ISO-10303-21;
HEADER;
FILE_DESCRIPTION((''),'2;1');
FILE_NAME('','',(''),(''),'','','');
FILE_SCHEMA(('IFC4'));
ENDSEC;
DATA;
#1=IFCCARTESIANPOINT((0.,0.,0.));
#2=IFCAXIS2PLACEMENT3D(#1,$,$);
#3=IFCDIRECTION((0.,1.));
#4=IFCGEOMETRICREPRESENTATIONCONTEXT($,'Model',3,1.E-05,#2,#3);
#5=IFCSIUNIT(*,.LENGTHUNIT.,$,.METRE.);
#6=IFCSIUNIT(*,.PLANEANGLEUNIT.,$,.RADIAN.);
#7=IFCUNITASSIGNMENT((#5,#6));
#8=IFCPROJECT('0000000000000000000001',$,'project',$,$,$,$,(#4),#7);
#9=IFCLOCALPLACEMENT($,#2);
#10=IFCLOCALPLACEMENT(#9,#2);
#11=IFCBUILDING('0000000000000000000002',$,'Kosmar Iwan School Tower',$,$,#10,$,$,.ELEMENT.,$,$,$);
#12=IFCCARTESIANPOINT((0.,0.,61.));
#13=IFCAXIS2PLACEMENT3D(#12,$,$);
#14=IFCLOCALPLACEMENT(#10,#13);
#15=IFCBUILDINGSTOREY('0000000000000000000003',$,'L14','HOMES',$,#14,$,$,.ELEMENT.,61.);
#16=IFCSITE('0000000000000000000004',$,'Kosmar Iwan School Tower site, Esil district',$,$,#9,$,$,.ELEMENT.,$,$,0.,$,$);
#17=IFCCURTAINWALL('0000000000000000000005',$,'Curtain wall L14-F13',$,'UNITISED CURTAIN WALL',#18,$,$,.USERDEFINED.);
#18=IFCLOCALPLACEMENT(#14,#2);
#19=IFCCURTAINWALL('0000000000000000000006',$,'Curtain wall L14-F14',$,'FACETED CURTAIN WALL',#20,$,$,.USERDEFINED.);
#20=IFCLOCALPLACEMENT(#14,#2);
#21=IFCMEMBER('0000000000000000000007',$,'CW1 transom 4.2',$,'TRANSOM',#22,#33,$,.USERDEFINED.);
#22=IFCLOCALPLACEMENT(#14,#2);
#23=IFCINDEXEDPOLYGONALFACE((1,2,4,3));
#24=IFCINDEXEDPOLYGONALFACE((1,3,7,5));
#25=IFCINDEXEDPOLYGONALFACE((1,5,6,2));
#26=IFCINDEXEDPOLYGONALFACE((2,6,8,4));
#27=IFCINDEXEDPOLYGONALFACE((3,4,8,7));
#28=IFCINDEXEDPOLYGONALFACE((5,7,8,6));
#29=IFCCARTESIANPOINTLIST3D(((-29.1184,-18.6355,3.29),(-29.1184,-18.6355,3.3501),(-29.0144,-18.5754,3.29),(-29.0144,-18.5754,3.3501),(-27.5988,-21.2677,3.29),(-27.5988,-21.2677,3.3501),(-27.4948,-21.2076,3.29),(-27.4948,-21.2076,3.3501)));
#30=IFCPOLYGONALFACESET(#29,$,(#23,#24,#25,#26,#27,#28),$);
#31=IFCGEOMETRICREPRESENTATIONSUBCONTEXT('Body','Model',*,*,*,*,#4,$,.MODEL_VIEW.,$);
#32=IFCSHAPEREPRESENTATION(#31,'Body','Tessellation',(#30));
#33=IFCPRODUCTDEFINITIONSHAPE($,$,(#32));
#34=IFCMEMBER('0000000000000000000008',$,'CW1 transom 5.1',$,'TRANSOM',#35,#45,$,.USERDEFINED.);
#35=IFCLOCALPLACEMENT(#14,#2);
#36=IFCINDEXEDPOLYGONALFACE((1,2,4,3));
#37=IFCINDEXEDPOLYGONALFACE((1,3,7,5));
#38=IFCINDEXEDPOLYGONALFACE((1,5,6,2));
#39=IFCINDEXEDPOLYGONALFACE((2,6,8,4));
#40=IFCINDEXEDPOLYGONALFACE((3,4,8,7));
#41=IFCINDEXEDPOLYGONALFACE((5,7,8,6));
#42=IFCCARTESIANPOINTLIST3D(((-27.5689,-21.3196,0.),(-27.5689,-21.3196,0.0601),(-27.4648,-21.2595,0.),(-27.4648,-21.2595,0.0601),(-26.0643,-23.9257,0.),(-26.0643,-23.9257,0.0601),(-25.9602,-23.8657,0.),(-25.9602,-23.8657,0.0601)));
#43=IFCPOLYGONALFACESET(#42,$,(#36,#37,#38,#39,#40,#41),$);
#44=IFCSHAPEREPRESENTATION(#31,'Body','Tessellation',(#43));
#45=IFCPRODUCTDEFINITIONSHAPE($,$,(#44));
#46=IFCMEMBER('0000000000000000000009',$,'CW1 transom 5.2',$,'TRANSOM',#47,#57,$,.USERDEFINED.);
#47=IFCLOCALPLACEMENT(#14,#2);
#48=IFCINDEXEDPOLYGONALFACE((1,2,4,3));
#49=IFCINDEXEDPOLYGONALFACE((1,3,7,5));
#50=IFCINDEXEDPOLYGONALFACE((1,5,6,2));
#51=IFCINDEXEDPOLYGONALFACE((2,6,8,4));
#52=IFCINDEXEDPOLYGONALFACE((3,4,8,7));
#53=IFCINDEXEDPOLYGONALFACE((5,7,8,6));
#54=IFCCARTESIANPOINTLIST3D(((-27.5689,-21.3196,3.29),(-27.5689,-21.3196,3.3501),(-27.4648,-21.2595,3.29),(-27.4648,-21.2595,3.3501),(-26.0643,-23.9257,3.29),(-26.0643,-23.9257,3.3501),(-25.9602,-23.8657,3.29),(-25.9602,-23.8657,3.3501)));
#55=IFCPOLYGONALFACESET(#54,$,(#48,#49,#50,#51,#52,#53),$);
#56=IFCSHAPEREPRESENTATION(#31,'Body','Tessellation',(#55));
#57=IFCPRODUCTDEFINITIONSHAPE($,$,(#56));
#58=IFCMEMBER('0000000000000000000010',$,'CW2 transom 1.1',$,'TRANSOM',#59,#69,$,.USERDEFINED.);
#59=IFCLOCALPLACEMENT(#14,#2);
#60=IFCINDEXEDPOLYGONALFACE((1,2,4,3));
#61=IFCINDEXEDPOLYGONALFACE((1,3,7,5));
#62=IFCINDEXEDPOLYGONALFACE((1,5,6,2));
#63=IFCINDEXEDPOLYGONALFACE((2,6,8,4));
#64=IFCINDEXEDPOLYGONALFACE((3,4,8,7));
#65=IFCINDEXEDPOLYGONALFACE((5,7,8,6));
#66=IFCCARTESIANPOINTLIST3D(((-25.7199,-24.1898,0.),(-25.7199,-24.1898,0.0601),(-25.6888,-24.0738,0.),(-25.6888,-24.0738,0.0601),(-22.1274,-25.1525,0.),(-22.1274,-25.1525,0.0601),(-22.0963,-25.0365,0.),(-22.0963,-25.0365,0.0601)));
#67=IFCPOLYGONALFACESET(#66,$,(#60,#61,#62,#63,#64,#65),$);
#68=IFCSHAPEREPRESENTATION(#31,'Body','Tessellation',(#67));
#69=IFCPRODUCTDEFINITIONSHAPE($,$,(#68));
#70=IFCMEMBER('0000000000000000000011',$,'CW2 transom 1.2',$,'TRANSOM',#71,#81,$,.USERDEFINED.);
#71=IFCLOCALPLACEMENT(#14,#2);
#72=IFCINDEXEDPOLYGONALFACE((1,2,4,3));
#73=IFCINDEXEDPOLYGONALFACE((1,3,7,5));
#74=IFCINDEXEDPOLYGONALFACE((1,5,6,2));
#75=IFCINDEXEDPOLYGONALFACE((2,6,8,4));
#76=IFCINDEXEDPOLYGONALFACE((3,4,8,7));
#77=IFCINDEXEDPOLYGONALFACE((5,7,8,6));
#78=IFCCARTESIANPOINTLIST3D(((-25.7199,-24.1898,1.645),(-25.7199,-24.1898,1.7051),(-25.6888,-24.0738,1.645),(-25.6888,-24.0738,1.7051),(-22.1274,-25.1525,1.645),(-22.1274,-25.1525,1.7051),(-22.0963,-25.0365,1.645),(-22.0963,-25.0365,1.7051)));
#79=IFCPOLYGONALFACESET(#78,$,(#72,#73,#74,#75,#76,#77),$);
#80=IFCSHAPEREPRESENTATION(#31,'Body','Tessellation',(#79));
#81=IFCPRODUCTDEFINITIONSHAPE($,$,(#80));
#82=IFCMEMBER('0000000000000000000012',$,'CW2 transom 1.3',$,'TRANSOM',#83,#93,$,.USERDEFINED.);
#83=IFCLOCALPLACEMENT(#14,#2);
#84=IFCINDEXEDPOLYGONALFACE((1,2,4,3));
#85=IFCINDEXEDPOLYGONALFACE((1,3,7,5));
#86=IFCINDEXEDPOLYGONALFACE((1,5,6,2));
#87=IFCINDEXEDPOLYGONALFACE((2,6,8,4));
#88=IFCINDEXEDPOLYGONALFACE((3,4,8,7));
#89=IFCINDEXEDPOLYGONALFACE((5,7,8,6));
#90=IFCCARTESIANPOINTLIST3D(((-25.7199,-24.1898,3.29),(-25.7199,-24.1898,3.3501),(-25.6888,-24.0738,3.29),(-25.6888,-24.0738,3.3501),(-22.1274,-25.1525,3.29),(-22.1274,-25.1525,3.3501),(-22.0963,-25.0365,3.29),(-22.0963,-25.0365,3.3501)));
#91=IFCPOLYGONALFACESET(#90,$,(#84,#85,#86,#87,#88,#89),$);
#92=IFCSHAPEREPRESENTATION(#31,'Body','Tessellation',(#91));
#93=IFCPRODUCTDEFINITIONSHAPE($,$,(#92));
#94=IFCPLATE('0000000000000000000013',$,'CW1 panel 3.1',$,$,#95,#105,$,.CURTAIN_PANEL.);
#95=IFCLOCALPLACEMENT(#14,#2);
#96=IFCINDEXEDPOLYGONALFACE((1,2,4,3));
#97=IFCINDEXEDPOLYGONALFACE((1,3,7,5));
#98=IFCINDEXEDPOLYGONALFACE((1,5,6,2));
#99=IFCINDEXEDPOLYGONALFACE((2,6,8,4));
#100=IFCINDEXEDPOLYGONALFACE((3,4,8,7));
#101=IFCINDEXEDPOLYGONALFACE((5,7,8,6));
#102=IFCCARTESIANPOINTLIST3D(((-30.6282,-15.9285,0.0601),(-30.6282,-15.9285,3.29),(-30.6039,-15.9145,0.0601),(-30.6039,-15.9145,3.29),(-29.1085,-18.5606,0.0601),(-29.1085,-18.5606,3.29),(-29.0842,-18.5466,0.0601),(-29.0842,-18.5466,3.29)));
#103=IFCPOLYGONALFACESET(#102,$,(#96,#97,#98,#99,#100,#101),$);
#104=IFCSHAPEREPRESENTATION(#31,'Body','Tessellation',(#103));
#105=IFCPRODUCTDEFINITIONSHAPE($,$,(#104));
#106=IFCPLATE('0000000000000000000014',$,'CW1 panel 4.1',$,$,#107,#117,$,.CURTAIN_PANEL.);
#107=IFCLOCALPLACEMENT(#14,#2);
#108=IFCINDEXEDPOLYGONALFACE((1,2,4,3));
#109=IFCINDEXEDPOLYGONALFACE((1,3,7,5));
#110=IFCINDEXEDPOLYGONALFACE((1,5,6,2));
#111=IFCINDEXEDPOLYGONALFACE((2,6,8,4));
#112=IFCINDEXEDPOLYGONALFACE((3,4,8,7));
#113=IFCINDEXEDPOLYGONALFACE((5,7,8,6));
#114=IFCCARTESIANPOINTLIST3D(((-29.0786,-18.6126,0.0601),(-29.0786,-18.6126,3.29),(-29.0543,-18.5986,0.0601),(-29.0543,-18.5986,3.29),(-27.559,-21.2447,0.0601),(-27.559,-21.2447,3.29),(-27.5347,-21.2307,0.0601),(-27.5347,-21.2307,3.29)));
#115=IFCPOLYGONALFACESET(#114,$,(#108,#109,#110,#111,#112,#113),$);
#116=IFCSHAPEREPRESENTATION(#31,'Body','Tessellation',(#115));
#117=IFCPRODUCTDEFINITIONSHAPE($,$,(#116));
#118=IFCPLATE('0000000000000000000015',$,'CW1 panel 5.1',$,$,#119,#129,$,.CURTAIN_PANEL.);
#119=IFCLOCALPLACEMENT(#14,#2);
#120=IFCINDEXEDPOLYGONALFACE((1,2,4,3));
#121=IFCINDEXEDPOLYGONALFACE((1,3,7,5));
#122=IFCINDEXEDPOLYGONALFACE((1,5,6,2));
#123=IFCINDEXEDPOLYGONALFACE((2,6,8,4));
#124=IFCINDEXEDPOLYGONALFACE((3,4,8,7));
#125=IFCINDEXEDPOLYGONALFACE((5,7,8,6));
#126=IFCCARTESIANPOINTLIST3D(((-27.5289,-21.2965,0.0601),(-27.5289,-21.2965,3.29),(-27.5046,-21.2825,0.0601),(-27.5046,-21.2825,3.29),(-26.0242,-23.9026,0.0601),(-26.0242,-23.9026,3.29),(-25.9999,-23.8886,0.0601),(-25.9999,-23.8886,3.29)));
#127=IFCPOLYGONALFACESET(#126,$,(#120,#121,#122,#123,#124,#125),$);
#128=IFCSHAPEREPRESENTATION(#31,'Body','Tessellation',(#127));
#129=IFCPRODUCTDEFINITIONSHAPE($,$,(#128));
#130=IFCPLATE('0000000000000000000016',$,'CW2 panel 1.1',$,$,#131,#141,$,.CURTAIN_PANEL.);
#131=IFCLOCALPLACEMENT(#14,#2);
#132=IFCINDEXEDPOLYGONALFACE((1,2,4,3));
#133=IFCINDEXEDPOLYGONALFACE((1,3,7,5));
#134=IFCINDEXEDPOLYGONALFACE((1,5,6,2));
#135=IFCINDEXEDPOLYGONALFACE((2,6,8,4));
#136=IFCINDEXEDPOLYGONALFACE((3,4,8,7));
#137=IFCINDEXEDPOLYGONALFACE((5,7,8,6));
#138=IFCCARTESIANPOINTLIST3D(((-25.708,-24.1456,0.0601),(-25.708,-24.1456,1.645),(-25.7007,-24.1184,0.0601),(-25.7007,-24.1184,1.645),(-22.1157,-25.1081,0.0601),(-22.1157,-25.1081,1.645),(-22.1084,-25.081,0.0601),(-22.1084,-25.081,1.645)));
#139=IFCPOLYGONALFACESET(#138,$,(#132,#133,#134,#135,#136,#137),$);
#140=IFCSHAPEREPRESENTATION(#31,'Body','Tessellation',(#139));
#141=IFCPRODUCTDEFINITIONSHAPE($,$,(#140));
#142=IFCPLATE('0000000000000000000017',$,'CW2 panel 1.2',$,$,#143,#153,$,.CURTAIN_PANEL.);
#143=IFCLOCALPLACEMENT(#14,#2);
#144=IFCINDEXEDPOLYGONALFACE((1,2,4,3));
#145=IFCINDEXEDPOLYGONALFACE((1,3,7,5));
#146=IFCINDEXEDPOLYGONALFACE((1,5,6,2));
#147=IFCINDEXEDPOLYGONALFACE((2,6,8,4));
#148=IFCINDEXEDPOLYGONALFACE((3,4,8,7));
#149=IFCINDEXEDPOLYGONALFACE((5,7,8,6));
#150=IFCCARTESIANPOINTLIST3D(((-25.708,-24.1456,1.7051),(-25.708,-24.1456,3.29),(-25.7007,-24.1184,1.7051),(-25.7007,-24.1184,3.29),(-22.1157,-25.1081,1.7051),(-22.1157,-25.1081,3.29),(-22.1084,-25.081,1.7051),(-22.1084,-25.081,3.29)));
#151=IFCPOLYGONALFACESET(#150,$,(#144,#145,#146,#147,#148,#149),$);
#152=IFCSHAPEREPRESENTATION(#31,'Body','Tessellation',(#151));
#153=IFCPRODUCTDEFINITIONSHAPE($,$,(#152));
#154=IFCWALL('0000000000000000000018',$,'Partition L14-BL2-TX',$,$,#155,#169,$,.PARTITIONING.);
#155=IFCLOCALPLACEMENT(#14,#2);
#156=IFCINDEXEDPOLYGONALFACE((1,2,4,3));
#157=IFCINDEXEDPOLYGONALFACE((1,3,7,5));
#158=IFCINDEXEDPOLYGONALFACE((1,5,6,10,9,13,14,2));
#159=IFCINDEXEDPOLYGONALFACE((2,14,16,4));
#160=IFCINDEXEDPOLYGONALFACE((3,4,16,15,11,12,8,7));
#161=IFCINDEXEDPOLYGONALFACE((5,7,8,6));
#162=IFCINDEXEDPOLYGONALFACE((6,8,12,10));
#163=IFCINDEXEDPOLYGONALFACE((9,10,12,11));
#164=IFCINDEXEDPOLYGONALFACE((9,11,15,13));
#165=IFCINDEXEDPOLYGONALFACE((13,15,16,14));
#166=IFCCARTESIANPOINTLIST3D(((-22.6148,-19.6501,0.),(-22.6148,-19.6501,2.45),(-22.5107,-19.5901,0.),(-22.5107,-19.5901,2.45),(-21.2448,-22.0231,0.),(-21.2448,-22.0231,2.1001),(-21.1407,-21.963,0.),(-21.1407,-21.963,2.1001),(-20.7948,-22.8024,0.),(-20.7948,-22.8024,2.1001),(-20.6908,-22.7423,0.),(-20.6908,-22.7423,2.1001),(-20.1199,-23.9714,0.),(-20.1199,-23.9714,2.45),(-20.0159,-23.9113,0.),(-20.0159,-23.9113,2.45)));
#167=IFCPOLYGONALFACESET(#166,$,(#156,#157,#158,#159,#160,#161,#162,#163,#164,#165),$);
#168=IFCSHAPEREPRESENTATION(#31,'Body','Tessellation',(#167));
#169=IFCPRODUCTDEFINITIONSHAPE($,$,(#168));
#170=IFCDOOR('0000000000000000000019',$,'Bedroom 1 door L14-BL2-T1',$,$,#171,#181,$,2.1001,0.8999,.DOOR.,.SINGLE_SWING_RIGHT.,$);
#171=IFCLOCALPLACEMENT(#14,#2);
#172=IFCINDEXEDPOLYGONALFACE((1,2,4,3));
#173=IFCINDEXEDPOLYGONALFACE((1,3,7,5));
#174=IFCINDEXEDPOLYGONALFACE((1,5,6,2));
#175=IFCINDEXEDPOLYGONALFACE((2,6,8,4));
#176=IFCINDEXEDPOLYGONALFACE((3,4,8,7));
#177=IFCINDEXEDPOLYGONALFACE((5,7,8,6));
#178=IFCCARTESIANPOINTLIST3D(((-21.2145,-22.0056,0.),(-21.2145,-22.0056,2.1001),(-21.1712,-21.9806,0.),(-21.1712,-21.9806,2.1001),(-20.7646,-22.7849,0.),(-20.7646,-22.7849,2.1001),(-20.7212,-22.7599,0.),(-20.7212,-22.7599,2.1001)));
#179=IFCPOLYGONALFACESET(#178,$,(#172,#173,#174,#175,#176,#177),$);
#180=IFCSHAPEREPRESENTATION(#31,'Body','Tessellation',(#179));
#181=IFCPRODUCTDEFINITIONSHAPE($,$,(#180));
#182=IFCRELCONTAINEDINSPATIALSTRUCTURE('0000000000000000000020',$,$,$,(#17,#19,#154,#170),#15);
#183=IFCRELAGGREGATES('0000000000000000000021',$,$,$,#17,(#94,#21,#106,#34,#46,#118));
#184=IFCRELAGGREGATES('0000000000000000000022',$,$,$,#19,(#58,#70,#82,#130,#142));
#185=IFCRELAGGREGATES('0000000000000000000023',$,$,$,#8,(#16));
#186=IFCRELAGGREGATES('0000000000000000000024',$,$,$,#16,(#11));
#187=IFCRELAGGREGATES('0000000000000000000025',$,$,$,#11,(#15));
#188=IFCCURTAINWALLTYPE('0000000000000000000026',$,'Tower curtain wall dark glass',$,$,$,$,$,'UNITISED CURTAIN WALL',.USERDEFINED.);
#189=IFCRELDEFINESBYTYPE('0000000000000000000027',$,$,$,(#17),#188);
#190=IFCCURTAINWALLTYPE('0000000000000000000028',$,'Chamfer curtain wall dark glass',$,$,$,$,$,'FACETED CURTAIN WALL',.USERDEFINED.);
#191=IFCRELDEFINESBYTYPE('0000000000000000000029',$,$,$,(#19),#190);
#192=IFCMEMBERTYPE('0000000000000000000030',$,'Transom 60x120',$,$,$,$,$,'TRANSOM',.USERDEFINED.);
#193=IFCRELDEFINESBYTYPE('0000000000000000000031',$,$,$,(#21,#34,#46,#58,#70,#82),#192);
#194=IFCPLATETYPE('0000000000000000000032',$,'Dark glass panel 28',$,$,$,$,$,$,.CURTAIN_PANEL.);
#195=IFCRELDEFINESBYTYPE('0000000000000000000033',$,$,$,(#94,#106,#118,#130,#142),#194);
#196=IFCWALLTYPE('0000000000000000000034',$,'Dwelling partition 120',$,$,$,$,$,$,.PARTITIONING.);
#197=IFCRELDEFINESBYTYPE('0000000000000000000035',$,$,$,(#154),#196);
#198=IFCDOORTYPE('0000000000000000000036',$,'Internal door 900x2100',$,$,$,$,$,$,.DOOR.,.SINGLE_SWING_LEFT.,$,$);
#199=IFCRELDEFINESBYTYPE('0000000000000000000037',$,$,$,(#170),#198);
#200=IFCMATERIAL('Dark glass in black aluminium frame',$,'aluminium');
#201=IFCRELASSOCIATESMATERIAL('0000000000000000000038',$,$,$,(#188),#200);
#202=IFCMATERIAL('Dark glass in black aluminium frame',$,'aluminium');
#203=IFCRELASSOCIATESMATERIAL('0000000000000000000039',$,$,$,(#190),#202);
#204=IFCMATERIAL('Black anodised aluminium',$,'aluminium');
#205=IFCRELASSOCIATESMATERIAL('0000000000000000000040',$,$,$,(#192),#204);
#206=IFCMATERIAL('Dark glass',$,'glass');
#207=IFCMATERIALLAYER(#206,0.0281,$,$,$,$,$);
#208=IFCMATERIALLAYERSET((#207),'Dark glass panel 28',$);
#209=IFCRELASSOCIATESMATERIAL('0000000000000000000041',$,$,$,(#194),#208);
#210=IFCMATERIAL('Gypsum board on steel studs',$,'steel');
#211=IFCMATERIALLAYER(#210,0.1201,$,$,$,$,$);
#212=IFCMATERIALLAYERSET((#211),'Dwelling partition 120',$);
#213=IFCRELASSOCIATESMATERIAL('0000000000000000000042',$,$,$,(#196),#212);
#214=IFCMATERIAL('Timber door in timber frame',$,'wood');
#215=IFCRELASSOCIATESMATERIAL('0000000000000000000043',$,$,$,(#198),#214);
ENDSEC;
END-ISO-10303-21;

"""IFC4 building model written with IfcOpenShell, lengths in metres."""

from ifc_helpers import new_model, si_unit, direction, frame, frame_2d, origin, origin_2d, place, context, subcontext, project, spatial, rectangle, extrude, material, layer, layer_set, material_profile, profile_set, type_object, element, fill, aggregate, save


model = new_model("IFC4")

# Units and contexts
model_context = context("Model", 3, precision=1e-05, world=origin(), true_north=direction((0.0, 1.0)))
body_context = subcontext(model_context, "Body", "Model", "MODEL_VIEW")
ifc_project = project(units=[si_unit("LENGTHUNIT", "METRE"), si_unit("PLANEANGLEUNIT", "RADIAN")], contexts=[model_context])

# Site, building, storey
site_placement = place(None, origin())
site = spatial("IfcSite", under=ifc_project, at=site_placement, Name="Kosmar Iwan School Tower site, Esil district", CompositionType="ELEMENT", RefElevation=0.0)
building_placement = place(site_placement, origin())
building = spatial("IfcBuilding", under=site, at=building_placement, Name="Kosmar Iwan School Tower", CompositionType="ELEMENT")
storey_placement = place(building_placement, frame((0.0, 0.0, 61.0)))
storey = spatial("IfcBuildingStorey", under=building, at=storey_placement, Name="L14", Description="HOMES", CompositionType="ELEMENT", Elevation=61.0)

# Curtain walls
ifc_material_1 = material(Name="Dark glass in black aluminium frame", Category="aluminium")
curtain_wall_type_1 = type_object("IfcCurtainWallType", Name="Tower curtain wall dark glass", ElementType="UNITISED CURTAIN WALL", PredefinedType="USERDEFINED", material=ifc_material_1)
curtain_wall_1_placement = place(storey_placement, origin())
curtain_wall_1 = element("IfcCurtainWall", 1, at=curtain_wall_1_placement, inside=storey, type_object=curtain_wall_type_1, Name="Curtain wall L14-F13", ObjectType="UNITISED CURTAIN WALL", PredefinedType="USERDEFINED")
ifc_material_2 = material(Name="Dark glass in black aluminium frame", Category="aluminium")
curtain_wall_type_2 = type_object("IfcCurtainWallType", Name="Chamfer curtain wall dark glass", ElementType="FACETED CURTAIN WALL", PredefinedType="USERDEFINED", material=ifc_material_2)
curtain_wall_2_placement = place(storey_placement, origin())
curtain_wall_2 = element("IfcCurtainWall", 2, at=curtain_wall_2_placement, inside=storey, type_object=curtain_wall_type_2, Name="Curtain wall L14-F14", ObjectType="FACETED CURTAIN WALL", PredefinedType="USERDEFINED")

# Members
ifc_material_3 = material(Name="Black anodised aluminium", Category="aluminium")
ifc_material_profile_1 = material_profile(ifc_material_3, rectangle(XDim=0.1201, YDim=0.0601, at=origin_2d()), Name="TRANSOM 60x120")
ifc_profile_set_1 = profile_set([ifc_material_profile_1], Name="Black anodised aluminium")
member_type_1 = type_object("IfcMemberType", Name="Transom 60x120", ElementType="TRANSOM", PredefinedType="USERDEFINED", material=ifc_profile_set_1)
member_1_placement = place(storey_placement, frame((-29.0664, -18.6055, 3.3201), z_axis=(0.499975, -0.86604, 0.0), x_axis=(0.86604, 0.499975, 0.0)))
member_1 = element("IfcMember", 3, at=member_1_placement, type_object=member_type_1, Name="CW1 transom 4.2", ObjectType="TRANSOM", PredefinedType="USERDEFINED", context=body_context, shape_type="SweptSolid", body=[
    extrude(rectangle(XDim=0.1201, YDim=0.0601, at=origin_2d()), origin(), (0.0, 0.0, 1.0), 3.0393),
])
member_2_placement = place(storey_placement, frame((-27.5168, -21.2896, 0.03), z_axis=(0.499987, -0.866033, 0.0), x_axis=(0.866033, 0.499987, 0.0)))
member_2 = element("IfcMember", 4, at=member_2_placement, type_object=member_type_1, Name="CW1 transom 5.1", ObjectType="TRANSOM", PredefinedType="USERDEFINED", context=body_context, shape_type="SweptSolid", body=[
    extrude(rectangle(XDim=0.1201, YDim=0.0601, at=origin_2d()), origin(), (0.0, 0.0, 1.0), 3.0093),
])
member_3_placement = place(storey_placement, frame((-27.5168, -21.2896, 3.3201), z_axis=(0.499987, -0.866033, 0.0), x_axis=(0.866033, 0.499987, 0.0)))
member_3 = element("IfcMember", 5, at=member_3_placement, type_object=member_type_1, Name="CW1 transom 5.2", ObjectType="TRANSOM", PredefinedType="USERDEFINED", context=body_context, shape_type="SweptSolid", body=[
    extrude(rectangle(XDim=0.1201, YDim=0.0601, at=origin_2d()), origin(), (0.0, 0.0, 1.0), 3.0093),
])
member_4_placement = place(storey_placement, frame((-25.7043, -24.1318, 0.03), z_axis=(0.965924, -0.258827, 0.0), x_axis=(0.258827, 0.965924, 0.0)))
member_4 = element("IfcMember", 6, at=member_4_placement, type_object=member_type_1, Name="CW2 transom 1.1", ObjectType="TRANSOM", PredefinedType="USERDEFINED", context=body_context, shape_type="SweptSolid", body=[
    extrude(rectangle(XDim=0.1201, YDim=0.0601, at=origin_2d()), origin(), (0.0, 0.0, 1.0), 3.7192),
])
member_5_placement = place(storey_placement, frame((-25.7043, -24.1318, 1.675), z_axis=(0.965924, -0.258827, 0.0), x_axis=(0.258827, 0.965924, 0.0)))
member_5 = element("IfcMember", 7, at=member_5_placement, type_object=member_type_1, Name="CW2 transom 1.2", ObjectType="TRANSOM", PredefinedType="USERDEFINED", context=body_context, shape_type="SweptSolid", body=[
    extrude(rectangle(XDim=0.1201, YDim=0.0601, at=origin_2d()), origin(), (0.0, 0.0, 1.0), 3.7192),
])
member_6_placement = place(storey_placement, frame((-25.7043, -24.1318, 3.3201), z_axis=(0.965924, -0.258827, 0.0), x_axis=(0.258827, 0.965924, 0.0)))
member_6 = element("IfcMember", 8, at=member_6_placement, type_object=member_type_1, Name="CW2 transom 1.3", ObjectType="TRANSOM", PredefinedType="USERDEFINED", context=body_context, shape_type="SweptSolid", body=[
    extrude(rectangle(XDim=0.1201, YDim=0.0601, at=origin_2d()), origin(), (0.0, 0.0, 1.0), 3.7192),
])

# Plates
ifc_material_4 = material(Name="Dark glass", Category="glass")
ifc_layer_1 = layer(ifc_material_4, 0.0281)
ifc_layer_set_1 = layer_set([ifc_layer_1], Name="Dark glass panel 28")
plate_type = type_object("IfcPlateType", Name="Dark glass panel 28", PredefinedType="CURTAIN_PANEL", material=ifc_layer_set_1)
plate_1_placement = place(storey_placement, frame((-29.8562, -17.2375, 0.0601), z_axis=(0.0, 0.0, 1.0), x_axis=(0.5, -0.866025, 0.0)))
plate_1 = element("IfcPlate", 9, at=plate_1_placement, type_object=plate_type, Name="CW1 panel 3.1", PredefinedType="CURTAIN_PANEL", context=body_context, shape_type="SweptSolid", body=[
    extrude(rectangle(XDim=3.0393, YDim=0.0281, at=origin_2d()), origin(), (0.0, 0.0, 1.0), 3.23),
])
plate_2_placement = place(storey_placement, frame((-28.3066, -19.9216, 0.0601), z_axis=(0.0, 0.0, 1.0), x_axis=(0.5, -0.866025, 0.0)))
plate_2 = element("IfcPlate", 10, at=plate_2_placement, type_object=plate_type, Name="CW1 panel 4.1", PredefinedType="CURTAIN_PANEL", context=body_context, shape_type="SweptSolid", body=[
    extrude(rectangle(XDim=3.0393, YDim=0.0281, at=origin_2d()), origin(), (0.0, 0.0, 1.0), 3.23),
])
plate_3_placement = place(storey_placement, frame((-26.7644, -22.5925, 0.0601), z_axis=(0.0, 0.0, 1.0), x_axis=(0.5, -0.866025, 0.0)))
plate_3 = element("IfcPlate", 11, at=plate_3_placement, type_object=plate_type, Name="CW1 panel 5.1", PredefinedType="CURTAIN_PANEL", context=body_context, shape_type="SweptSolid", body=[
    extrude(rectangle(XDim=3.0093, YDim=0.0281, at=origin_2d()), origin(), (0.0, 0.0, 1.0), 3.23),
])
aggregate(curtain_wall_1, [plate_1, member_1, plate_2, member_2, member_3, plate_3])
plate_4_placement = place(storey_placement, frame((-23.9082, -24.6133, 0.0601), z_axis=(0.0, 0.0, 1.0), x_axis=(0.965926, -0.258819, 0.0)))
plate_4 = element("IfcPlate", 12, at=plate_4_placement, type_object=plate_type, Name="CW2 panel 1.1", PredefinedType="CURTAIN_PANEL", context=body_context, shape_type="SweptSolid", body=[
    extrude(rectangle(XDim=3.719, YDim=0.0281, at=origin_2d()), origin(), (0.0, 0.0, 1.0), 1.585),
])
plate_5_placement = place(storey_placement, frame((-23.9082, -24.6133, 1.7051), z_axis=(0.0, 0.0, 1.0), x_axis=(0.965926, -0.258819, 0.0)))
plate_5 = element("IfcPlate", 13, at=plate_5_placement, type_object=plate_type, Name="CW2 panel 1.2", PredefinedType="CURTAIN_PANEL", context=body_context, shape_type="SweptSolid", body=[
    extrude(rectangle(XDim=3.719, YDim=0.0281, at=origin_2d()), origin(), (0.0, 0.0, 1.0), 1.585),
])
aggregate(curtain_wall_2, [member_4, member_5, member_6, plate_4, plate_5])

# Wall, opening, door
ifc_material_5 = material(Name="Gypsum board on steel studs", Category="steel")
ifc_layer_2 = layer(ifc_material_5, 0.1201)
ifc_layer_set_2 = layer_set([ifc_layer_2], Name="Dwelling partition 120")
wall_type_1 = type_object("IfcWallType", Name="Dwelling partition 120", PredefinedType="PARTITIONING", material=ifc_layer_set_2)
wall_1_placement = place(storey_placement, frame((-22.5627, -19.6201, 0.0), z_axis=(0.0, 0.0, 1.0), x_axis=(0.499996, -0.866028, 0.0)))
wall_1 = element("IfcWall", 14, at=wall_1_placement, inside=storey, type_object=wall_type_1, Name="Partition L14-BL2-TX", PredefinedType="PARTITIONING", context=body_context, shape_type="SweptSolid", body=[
    extrude(rectangle(XDim=4.9897, YDim=0.1201, at=frame_2d((2.4949, 0.0))), origin(), (0.0, 0.0, 1.0), 2.45),
])
opening_1_placement = place(wall_1_placement, frame((2.74, 0.0, 0.0)))
opening_1 = element("IfcOpeningElement", 15, at=opening_1_placement, cuts=wall_1, PredefinedType="OPENING", context=body_context, shape_type="SweptSolid", body=[
    extrude(rectangle(XDim=0.8999, YDim=2.1001, at=frame_2d((0.45, 1.05))), frame((0.0, 0.072, 0.0), z_axis=(0.0, -1.0, 0.0), x_axis=(1.0, 0.0, 0.0)), (0.0, 0.0, 1.0), 0.144),
])
ifc_material_6 = material(Name="Timber door in timber frame", Category="wood")
door_type_1 = type_object("IfcDoorType", Name="Internal door 900x2100", OperationType="SINGLE_SWING_LEFT", PredefinedType="DOOR", material=ifc_material_6)
door_1_placement = place(opening_1_placement, origin())
door_1 = element("IfcDoor", 16, at=door_1_placement, inside=storey, type_object=door_type_1, Name="Bedroom 1 door L14-BL2-T1", OperationType="SINGLE_SWING_RIGHT", OverallHeight=2.1001, OverallWidth=0.8999, PredefinedType="DOOR", context=body_context, shape_type="SweptSolid", body=[
    extrude(rectangle(XDim=0.8999, YDim=2.1001, at=frame_2d((0.45, 1.05))), frame((0.0, 0.0249, 0.0), z_axis=(0.0, -1.0, 0.0), x_axis=(1.0, 0.0, 0.0)), (0.0, 0.0, 1.0), 0.05),
])
fill(opening_1, door_1)

save(model, "model.ifc")
